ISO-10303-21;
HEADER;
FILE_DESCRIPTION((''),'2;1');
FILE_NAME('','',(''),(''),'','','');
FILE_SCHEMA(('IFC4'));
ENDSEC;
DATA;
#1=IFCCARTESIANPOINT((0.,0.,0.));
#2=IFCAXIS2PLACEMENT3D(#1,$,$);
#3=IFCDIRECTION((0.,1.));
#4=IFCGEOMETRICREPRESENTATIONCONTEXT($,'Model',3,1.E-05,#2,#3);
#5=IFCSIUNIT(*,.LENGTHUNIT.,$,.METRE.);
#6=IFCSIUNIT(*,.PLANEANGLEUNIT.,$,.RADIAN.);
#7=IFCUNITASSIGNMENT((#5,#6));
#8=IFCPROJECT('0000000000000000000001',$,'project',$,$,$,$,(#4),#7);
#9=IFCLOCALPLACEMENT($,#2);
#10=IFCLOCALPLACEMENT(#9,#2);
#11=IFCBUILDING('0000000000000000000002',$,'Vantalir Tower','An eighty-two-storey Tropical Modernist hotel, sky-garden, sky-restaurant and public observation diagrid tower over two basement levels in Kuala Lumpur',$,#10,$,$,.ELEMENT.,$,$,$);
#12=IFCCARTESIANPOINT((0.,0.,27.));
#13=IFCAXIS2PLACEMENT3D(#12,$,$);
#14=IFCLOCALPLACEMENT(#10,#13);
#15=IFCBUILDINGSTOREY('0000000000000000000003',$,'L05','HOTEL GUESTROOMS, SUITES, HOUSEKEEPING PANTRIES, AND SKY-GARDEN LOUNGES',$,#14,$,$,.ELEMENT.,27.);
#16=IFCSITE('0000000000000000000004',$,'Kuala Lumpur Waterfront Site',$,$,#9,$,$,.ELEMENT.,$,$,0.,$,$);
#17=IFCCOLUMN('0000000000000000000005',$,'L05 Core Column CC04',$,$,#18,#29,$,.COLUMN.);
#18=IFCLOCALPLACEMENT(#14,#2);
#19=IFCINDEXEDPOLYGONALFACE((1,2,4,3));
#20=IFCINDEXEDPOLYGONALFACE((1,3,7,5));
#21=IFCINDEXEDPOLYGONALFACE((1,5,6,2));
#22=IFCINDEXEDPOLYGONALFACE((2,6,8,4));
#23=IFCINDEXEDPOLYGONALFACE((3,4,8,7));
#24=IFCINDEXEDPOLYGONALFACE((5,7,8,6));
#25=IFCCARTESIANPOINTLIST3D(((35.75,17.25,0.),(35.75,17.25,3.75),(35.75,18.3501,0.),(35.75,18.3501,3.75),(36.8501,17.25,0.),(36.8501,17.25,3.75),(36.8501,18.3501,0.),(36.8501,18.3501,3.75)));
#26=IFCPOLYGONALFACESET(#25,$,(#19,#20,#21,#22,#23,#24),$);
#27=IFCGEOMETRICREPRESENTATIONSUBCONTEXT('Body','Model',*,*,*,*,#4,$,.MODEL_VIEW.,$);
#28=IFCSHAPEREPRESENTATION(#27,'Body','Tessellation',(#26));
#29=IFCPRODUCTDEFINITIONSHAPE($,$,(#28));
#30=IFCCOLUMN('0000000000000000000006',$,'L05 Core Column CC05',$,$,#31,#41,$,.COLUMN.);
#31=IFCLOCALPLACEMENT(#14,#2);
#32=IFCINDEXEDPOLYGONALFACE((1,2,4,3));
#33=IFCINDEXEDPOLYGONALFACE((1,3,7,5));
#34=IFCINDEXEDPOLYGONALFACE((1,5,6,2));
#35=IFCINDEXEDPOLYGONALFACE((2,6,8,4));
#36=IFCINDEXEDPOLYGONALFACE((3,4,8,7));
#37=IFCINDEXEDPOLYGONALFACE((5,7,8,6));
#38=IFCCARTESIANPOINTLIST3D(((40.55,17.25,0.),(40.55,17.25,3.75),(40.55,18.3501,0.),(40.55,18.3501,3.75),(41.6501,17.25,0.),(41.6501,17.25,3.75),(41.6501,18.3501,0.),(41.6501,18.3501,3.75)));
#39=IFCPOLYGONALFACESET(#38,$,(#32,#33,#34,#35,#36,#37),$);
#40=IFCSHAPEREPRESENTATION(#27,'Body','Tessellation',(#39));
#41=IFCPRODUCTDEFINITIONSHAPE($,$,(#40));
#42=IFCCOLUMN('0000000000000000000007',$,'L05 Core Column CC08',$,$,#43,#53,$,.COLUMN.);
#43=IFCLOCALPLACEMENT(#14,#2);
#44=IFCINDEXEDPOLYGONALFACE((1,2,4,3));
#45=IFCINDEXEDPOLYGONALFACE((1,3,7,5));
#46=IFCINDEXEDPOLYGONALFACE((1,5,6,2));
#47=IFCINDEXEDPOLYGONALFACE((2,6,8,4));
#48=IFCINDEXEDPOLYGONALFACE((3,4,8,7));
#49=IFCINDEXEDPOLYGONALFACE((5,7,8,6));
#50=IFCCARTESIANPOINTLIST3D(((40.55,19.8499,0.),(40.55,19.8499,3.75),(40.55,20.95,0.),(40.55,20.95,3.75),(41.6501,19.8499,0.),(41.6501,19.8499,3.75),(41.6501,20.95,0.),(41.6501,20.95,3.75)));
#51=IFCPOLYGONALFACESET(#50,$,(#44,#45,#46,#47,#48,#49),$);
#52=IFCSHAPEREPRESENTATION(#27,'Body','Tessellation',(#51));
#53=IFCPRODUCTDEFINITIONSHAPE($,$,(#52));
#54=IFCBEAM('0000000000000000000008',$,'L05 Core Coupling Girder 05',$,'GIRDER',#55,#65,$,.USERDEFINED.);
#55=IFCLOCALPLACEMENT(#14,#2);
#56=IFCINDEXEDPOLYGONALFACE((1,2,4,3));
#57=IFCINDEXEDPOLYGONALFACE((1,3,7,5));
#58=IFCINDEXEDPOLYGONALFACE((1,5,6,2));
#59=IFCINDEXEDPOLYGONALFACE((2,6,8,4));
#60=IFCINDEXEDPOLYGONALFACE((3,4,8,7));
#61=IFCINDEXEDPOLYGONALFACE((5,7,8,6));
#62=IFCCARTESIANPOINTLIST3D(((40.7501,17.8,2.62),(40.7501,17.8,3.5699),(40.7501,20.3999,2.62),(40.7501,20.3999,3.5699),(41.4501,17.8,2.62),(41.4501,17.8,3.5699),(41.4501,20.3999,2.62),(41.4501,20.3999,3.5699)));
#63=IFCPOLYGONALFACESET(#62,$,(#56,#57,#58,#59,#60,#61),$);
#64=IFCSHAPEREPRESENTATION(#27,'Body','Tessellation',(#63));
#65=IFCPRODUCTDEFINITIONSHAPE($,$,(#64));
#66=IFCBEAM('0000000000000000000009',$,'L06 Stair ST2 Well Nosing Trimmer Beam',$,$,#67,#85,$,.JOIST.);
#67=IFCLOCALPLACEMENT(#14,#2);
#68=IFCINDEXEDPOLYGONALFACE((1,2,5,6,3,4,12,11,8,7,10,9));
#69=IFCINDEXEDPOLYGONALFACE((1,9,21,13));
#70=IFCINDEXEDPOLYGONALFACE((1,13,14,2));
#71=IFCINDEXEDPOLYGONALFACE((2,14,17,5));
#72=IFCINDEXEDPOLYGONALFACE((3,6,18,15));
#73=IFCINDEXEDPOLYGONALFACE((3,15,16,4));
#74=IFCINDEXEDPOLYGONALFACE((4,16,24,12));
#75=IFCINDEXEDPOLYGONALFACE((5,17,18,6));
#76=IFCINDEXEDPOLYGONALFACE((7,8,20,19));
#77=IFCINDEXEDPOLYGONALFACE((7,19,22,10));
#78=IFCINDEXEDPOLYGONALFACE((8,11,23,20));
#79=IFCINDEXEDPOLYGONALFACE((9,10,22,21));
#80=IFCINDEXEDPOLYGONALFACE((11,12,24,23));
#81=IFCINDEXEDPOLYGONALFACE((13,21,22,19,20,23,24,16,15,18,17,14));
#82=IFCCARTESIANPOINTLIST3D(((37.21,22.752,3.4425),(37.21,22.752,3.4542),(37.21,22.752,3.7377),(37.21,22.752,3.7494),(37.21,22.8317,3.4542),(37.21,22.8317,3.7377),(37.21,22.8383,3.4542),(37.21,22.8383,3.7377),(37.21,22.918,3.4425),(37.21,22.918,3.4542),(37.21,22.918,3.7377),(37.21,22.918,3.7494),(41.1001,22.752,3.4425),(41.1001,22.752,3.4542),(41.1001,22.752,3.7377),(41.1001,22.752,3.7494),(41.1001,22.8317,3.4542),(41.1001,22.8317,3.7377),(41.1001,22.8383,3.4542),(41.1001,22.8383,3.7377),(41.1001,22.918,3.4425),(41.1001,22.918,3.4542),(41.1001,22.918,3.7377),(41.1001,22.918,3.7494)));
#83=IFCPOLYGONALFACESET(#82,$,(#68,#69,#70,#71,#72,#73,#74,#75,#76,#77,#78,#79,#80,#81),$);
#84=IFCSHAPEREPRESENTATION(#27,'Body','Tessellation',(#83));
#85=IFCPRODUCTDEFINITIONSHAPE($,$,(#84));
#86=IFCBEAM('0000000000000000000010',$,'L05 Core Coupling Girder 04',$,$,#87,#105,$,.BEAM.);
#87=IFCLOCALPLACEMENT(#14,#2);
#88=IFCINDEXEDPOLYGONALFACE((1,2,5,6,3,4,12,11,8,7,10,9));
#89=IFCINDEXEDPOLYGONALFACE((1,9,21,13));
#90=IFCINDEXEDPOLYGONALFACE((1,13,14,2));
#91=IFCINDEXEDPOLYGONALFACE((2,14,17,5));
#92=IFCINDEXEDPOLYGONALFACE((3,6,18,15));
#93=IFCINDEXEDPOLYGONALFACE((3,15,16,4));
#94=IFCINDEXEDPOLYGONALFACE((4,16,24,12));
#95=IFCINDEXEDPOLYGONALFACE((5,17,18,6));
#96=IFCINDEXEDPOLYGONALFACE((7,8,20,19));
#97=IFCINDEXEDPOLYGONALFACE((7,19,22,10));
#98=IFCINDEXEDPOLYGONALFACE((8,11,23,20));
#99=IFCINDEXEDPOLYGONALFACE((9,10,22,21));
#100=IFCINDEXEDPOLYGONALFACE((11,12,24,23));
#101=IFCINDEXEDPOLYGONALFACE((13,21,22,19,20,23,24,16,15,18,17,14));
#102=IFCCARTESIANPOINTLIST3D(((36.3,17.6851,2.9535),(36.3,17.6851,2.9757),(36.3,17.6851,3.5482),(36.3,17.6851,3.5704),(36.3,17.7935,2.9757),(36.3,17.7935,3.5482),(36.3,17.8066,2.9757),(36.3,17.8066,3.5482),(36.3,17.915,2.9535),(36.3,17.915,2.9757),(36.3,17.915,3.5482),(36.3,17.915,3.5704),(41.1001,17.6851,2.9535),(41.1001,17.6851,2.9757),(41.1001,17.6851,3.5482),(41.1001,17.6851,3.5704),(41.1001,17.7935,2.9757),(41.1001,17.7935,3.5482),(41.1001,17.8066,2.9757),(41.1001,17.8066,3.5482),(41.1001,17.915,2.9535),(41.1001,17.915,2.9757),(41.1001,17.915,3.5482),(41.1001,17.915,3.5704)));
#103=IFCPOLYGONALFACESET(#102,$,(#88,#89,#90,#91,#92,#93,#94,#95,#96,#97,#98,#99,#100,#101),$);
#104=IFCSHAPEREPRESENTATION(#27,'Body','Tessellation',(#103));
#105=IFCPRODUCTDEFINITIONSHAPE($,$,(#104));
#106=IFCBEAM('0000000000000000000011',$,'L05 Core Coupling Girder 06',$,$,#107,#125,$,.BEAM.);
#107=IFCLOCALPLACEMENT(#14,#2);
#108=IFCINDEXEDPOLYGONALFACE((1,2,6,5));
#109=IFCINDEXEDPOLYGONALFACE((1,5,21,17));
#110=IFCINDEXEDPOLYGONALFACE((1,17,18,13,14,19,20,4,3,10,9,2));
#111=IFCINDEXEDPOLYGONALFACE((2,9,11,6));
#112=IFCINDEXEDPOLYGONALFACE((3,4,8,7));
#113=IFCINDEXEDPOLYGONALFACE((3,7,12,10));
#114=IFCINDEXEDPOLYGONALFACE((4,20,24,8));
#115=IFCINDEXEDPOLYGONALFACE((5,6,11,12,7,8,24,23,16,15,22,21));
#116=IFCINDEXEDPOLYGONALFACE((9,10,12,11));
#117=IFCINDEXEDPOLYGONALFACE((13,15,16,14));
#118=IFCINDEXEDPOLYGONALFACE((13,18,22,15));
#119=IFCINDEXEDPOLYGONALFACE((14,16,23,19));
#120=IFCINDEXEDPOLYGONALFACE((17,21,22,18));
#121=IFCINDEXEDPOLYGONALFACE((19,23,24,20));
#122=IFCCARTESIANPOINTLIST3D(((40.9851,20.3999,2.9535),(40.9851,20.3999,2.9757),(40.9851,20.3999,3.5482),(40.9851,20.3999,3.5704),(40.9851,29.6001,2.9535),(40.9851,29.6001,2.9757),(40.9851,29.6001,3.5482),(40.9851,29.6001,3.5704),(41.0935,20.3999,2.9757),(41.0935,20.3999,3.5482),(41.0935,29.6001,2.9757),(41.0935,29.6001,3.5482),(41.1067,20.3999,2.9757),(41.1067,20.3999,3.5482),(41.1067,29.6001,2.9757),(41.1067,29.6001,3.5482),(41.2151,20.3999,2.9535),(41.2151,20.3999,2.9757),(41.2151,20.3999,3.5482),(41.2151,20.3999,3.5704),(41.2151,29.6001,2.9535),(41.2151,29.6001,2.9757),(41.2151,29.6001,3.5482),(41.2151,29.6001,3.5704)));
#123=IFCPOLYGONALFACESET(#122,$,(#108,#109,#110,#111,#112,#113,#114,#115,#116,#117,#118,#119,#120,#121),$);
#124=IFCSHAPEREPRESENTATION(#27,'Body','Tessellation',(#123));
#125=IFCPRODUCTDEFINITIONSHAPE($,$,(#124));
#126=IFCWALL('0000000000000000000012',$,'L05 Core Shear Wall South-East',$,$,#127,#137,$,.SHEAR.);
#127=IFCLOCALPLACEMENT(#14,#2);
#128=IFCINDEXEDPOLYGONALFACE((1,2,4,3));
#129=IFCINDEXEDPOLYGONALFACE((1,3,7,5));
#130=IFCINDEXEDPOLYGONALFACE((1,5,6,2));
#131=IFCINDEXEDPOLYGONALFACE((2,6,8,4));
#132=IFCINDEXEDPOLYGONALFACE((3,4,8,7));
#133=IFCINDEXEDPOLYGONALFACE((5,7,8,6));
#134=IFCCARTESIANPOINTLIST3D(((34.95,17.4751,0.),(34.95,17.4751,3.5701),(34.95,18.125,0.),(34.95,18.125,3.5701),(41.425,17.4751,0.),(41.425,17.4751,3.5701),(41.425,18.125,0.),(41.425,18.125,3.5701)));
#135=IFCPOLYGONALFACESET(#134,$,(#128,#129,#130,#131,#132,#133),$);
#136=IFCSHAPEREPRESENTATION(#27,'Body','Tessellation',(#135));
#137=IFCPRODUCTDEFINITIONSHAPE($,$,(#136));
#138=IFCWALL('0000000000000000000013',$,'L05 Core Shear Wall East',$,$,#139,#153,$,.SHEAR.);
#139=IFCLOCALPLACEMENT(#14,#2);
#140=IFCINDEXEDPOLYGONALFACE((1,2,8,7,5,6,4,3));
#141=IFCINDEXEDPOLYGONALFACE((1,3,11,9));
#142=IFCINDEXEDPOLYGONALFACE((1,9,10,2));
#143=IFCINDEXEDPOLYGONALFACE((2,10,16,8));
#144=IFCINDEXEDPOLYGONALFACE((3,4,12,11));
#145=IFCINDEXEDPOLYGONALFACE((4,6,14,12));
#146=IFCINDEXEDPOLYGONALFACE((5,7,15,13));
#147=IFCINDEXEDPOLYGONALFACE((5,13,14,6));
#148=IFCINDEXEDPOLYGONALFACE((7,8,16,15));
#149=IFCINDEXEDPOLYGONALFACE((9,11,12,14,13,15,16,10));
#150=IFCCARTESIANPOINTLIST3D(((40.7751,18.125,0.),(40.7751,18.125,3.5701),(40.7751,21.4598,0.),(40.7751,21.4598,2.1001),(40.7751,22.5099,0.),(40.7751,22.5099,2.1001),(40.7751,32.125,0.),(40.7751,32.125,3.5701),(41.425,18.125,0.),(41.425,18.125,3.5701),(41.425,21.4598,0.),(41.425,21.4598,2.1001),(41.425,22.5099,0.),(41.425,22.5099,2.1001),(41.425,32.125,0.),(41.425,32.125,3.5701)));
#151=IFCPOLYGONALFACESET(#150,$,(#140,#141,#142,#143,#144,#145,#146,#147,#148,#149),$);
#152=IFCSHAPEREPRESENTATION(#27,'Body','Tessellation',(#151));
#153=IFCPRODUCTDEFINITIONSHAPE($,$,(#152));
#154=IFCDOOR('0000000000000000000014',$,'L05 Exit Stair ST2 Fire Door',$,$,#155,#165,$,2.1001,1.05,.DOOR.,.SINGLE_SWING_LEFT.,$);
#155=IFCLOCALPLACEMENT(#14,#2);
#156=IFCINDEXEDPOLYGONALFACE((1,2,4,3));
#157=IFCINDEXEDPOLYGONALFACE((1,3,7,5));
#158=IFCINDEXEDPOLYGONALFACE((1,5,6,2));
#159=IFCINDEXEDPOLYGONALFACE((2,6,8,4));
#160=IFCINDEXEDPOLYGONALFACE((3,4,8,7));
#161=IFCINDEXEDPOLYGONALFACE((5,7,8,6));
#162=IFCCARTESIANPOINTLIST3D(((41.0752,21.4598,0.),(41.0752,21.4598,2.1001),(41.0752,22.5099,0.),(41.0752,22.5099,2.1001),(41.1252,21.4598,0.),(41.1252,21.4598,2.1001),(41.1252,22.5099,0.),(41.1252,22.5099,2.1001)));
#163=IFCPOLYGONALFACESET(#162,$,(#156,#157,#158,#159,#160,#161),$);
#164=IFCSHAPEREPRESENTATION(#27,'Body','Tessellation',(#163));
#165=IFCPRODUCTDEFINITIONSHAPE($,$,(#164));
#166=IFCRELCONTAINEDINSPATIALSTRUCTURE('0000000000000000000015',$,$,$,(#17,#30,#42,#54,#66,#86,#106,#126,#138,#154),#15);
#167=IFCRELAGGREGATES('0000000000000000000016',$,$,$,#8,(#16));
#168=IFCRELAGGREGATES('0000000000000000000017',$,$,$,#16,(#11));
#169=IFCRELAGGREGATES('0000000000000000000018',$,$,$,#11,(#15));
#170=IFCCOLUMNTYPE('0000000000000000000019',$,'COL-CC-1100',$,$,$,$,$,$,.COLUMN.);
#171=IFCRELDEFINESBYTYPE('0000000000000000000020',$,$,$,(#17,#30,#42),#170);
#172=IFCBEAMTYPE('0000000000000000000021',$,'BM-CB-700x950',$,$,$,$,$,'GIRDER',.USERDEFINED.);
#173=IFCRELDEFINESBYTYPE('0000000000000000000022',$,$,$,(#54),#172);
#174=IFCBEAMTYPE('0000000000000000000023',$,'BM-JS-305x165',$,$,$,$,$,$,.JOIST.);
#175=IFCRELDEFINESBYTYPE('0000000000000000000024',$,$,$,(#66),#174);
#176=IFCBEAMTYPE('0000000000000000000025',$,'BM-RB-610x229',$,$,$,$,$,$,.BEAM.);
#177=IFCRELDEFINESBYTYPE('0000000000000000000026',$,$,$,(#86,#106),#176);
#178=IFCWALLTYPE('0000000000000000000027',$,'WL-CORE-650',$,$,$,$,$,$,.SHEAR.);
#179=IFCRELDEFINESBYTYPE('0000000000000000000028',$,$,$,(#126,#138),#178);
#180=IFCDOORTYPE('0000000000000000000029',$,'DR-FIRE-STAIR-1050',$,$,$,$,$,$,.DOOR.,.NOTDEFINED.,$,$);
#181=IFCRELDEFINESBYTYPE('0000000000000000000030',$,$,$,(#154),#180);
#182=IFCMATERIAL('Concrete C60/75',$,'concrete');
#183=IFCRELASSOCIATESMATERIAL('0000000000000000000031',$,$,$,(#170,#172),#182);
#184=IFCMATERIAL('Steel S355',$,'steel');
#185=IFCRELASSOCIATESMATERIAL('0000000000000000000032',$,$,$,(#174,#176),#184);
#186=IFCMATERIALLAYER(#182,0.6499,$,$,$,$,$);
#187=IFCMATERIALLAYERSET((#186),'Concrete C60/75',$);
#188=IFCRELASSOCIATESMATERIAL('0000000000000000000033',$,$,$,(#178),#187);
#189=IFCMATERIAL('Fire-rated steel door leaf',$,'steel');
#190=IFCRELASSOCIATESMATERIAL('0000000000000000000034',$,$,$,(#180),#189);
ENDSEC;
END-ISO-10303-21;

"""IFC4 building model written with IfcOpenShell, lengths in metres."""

from ifc_helpers import new_model, si_unit, direction, frame, frame_2d, origin, origin_2d, place, context, subcontext, project, spatial, rectangle, i_section, extrude, material, layer, layer_set, material_profile, profile_set, type_object, element, fill, save


model = new_model("IFC4")

# Units and contexts
model_context = context("Model", 3, precision=1e-05, world=origin(), true_north=direction((0.0, 1.0)))
body_context = subcontext(model_context, "Body", "Model", "MODEL_VIEW")
ifc_project = project(units=[si_unit("LENGTHUNIT", "METRE"), si_unit("PLANEANGLEUNIT", "RADIAN")], contexts=[model_context])

# Site, building, storey
site_placement = place(None, origin())
site = spatial("IfcSite", under=ifc_project, at=site_placement, Name="Kuala Lumpur Waterfront Site", CompositionType="ELEMENT", RefElevation=0.0)
building_placement = place(site_placement, origin())
building = spatial("IfcBuilding", under=site, at=building_placement, Name="Vantalir Tower", Description="An eighty-two-storey Tropical Modernist hotel, sky-garden, sky-restaurant and public observation diagrid tower over two basement levels in Kuala Lumpur", CompositionType="ELEMENT")
storey_placement = place(building_placement, frame((0.0, 0.0, 27.0)))
storey = spatial("IfcBuildingStorey", under=building, at=storey_placement, Name="L05", Description="HOTEL GUESTROOMS, SUITES, HOUSEKEEPING PANTRIES, AND SKY-GARDEN LOUNGES", CompositionType="ELEMENT", Elevation=27.0)

# Columns
ifc_material_1 = material(Name="Concrete C60/75", Category="concrete")
ifc_material_profile_1 = material_profile(ifc_material_1, rectangle(XDim=1.1001, YDim=1.1001, at=origin_2d()), Name="Concrete C60/75")
ifc_profile_set_1 = profile_set([ifc_material_profile_1], Name="Concrete C60/75")
column_type = type_object("IfcColumnType", Name="COL-CC-1100", PredefinedType="COLUMN", material=ifc_profile_set_1)
for number, where, z_axis, x_axis, name in (
    (1, (36.3, 17.8, 0.0), (0.0, 0.0, 1.0), (1.0, 0.0, 0.0), "L05 Core Column CC04"),
    (2, (41.1001, 17.8, 0.0), (0.0, 0.0, 1.0), (1.0, 0.0, 0.0), "L05 Core Column CC05"),
    (3, (41.1001, 20.3999, 0.0), (0.0, 0.0, 1.0), (1.0, 0.0, 0.0), "L05 Core Column CC08"),
):
    element("IfcColumn", number, at=place(storey_placement, frame(where, z_axis=z_axis, x_axis=x_axis)), inside=storey, type_object=column_type, Name=name, PredefinedType="COLUMN", context=body_context, shape_type="SweptSolid", body=[
        extrude(rectangle(XDim=1.1001, YDim=1.1001, at=origin_2d()), origin(), (0.0, 0.0, 1.0), 3.75),
    ])

# Beams
ifc_material_profile_2 = material_profile(ifc_material_1, rectangle(XDim=0.7, YDim=0.95, at=origin_2d()), Name="Concrete C60/75")
ifc_profile_set_2 = profile_set([ifc_material_profile_2], Name="Concrete C60/75")
beam_type_1 = type_object("IfcBeamType", Name="BM-CB-700x950", ElementType="GIRDER", PredefinedType="USERDEFINED", material=ifc_profile_set_2)
beam_1_placement = place(storey_placement, frame((41.1001, 17.8, 3.095), z_axis=(0.0, 1.0, 0.0), x_axis=(-1.0, 0.0, 0.0)))
element("IfcBeam", 4, at=beam_1_placement, inside=storey, type_object=beam_type_1, Name="L05 Core Coupling Girder 05", ObjectType="GIRDER", PredefinedType="USERDEFINED", context=body_context, shape_type="SweptSolid", body=[
    extrude(rectangle(XDim=0.7, YDim=0.95, at=origin_2d()), origin(), (0.0, 0.0, 1.0), 2.5999),
])
ifc_material_2 = material(Name="Steel S355", Category="steel")
ifc_material_profile_3 = material_profile(ifc_material_2, i_section(OverallWidth=0.166, OverallDepth=0.3069, WebThickness=0.0066, FlangeThickness=0.0117, at=origin_2d()), Name="Steel S355")
ifc_profile_set_3 = profile_set([ifc_material_profile_3], Name="Steel S355")
beam_type_2 = type_object("IfcBeamType", Name="BM-JS-305x165", PredefinedType="JOIST", material=ifc_profile_set_3)
beam_2_placement = place(storey_placement, frame((37.21, 22.835, 3.5959), z_axis=(1.0, 0.0, 0.0), x_axis=(0.0, 1.0, 0.0)))
element("IfcBeam", 5, at=beam_2_placement, inside=storey, type_object=beam_type_2, Name="L06 Stair ST2 Well Nosing Trimmer Beam", PredefinedType="JOIST", context=body_context, shape_type="SweptSolid", body=[
    extrude(i_section(OverallWidth=0.166, OverallDepth=0.3069, WebThickness=0.0066, FlangeThickness=0.0117, at=origin_2d()), origin(), (0.0, 0.0, 1.0), 3.8901),
])
ifc_material_profile_4 = material_profile(ifc_material_2, i_section(OverallWidth=0.23, OverallDepth=0.6169, WebThickness=0.0132, FlangeThickness=0.0222, at=origin_2d()), Name="Steel S355")
ifc_profile_set_4 = profile_set([ifc_material_profile_4], Name="Steel S355")
beam_type_3 = type_object("IfcBeamType", Name="BM-RB-610x229", PredefinedType="BEAM", material=ifc_profile_set_4)
beam_3_placement = place(storey_placement, frame((36.3, 17.8, 3.262), z_axis=(1.0, 0.0, 0.0), x_axis=(0.0, 1.0, 0.0)))
element("IfcBeam", 6, at=beam_3_placement, inside=storey, type_object=beam_type_3, Name="L05 Core Coupling Girder 04", PredefinedType="BEAM", context=body_context, shape_type="SweptSolid", body=[
    extrude(i_section(OverallWidth=0.23, OverallDepth=0.6169, WebThickness=0.0132, FlangeThickness=0.0222, at=origin_2d()), origin(), (0.0, 0.0, 1.0), 4.8),
])
beam_4_placement = place(storey_placement, frame((41.1001, 20.3999, 3.262), z_axis=(0.0, 1.0, 0.0), x_axis=(-1.0, 0.0, 0.0)))
element("IfcBeam", 7, at=beam_4_placement, inside=storey, type_object=beam_type_3, Name="L05 Core Coupling Girder 06", PredefinedType="BEAM", context=body_context, shape_type="SweptSolid", body=[
    extrude(i_section(OverallWidth=0.23, OverallDepth=0.6169, WebThickness=0.0132, FlangeThickness=0.0222, at=origin_2d()), origin(), (0.0, 0.0, 1.0), 9.2002),
])

# Wall
ifc_layer_1 = layer(ifc_material_1, 0.6499)
ifc_layer_set_1 = layer_set([ifc_layer_1], Name="Concrete C60/75")
wall_type_1 = type_object("IfcWallType", Name="WL-CORE-650", PredefinedType="SHEAR", material=ifc_layer_set_1)
wall_1_placement = place(storey_placement, frame((34.95, 17.8, 0.0), z_axis=(0.0, 0.0, 1.0), x_axis=(1.0, 0.0, 0.0)))
element("IfcWall", 8, at=wall_1_placement, inside=storey, type_object=wall_type_1, Name="L05 Core Shear Wall South-East", PredefinedType="SHEAR", context=body_context, shape_type="SweptSolid", body=[
    extrude(rectangle(XDim=6.4751, YDim=0.6499, at=frame_2d((3.2375, 0.0))), origin(), (0.0, 0.0, 1.0), 3.5701),
])

# Wall, opening, door
wall_2_placement = place(storey_placement, frame((41.1001, 18.125, 0.0), z_axis=(0.0, 0.0, 1.0), x_axis=(0.0, 1.0, 0.0)))
wall_2 = element("IfcWall", 9, at=wall_2_placement, inside=storey, type_object=wall_type_1, Name="L05 Core Shear Wall East", PredefinedType="SHEAR", context=body_context, shape_type="SweptSolid", body=[
    extrude(rectangle(XDim=14.0, YDim=0.6499, at=frame_2d((7.0, 0.0))), origin(), (0.0, 0.0, 1.0), 3.5701),
])
opening_1_placement = place(wall_2_placement, frame((3.335, 0.0, 0.0)))
opening_1 = element("IfcOpeningElement", 10, at=opening_1_placement, cuts=wall_2, PredefinedType="OPENING", context=body_context, shape_type="SweptSolid", body=[
    extrude(rectangle(XDim=1.05, YDim=2.1001, at=frame_2d((0.5249, 1.05))), frame((0.0, 0.335, 0.0), z_axis=(0.0, -1.0, 0.0), x_axis=(1.0, 0.0, 0.0)), (0.0, 0.0, 1.0), 0.6699),
])
ifc_material_3 = material(Name="Fire-rated steel door leaf", Category="steel")
door_type_1 = type_object("IfcDoorType", Name="DR-FIRE-STAIR-1050", OperationType="NOTDEFINED", PredefinedType="DOOR", material=ifc_material_3)
door_1_placement = place(opening_1_placement, origin())
door_1 = element("IfcDoor", 11, at=door_1_placement, inside=storey, type_object=door_type_1, Name="L05 Exit Stair ST2 Fire Door", OperationType="SINGLE_SWING_LEFT", OverallHeight=2.1001, OverallWidth=1.05, PredefinedType="DOOR", context=body_context, shape_type="SweptSolid", body=[
    extrude(rectangle(XDim=1.05, YDim=2.1001, at=frame_2d((0.5249, 1.05))), frame((0.0, 0.0249, 0.0), z_axis=(0.0, -1.0, 0.0), x_axis=(1.0, 0.0, 0.0)), (0.0, 0.0, 1.0), 0.05),
])
fill(opening_1, door_1)

save(model, "model.ifc")
